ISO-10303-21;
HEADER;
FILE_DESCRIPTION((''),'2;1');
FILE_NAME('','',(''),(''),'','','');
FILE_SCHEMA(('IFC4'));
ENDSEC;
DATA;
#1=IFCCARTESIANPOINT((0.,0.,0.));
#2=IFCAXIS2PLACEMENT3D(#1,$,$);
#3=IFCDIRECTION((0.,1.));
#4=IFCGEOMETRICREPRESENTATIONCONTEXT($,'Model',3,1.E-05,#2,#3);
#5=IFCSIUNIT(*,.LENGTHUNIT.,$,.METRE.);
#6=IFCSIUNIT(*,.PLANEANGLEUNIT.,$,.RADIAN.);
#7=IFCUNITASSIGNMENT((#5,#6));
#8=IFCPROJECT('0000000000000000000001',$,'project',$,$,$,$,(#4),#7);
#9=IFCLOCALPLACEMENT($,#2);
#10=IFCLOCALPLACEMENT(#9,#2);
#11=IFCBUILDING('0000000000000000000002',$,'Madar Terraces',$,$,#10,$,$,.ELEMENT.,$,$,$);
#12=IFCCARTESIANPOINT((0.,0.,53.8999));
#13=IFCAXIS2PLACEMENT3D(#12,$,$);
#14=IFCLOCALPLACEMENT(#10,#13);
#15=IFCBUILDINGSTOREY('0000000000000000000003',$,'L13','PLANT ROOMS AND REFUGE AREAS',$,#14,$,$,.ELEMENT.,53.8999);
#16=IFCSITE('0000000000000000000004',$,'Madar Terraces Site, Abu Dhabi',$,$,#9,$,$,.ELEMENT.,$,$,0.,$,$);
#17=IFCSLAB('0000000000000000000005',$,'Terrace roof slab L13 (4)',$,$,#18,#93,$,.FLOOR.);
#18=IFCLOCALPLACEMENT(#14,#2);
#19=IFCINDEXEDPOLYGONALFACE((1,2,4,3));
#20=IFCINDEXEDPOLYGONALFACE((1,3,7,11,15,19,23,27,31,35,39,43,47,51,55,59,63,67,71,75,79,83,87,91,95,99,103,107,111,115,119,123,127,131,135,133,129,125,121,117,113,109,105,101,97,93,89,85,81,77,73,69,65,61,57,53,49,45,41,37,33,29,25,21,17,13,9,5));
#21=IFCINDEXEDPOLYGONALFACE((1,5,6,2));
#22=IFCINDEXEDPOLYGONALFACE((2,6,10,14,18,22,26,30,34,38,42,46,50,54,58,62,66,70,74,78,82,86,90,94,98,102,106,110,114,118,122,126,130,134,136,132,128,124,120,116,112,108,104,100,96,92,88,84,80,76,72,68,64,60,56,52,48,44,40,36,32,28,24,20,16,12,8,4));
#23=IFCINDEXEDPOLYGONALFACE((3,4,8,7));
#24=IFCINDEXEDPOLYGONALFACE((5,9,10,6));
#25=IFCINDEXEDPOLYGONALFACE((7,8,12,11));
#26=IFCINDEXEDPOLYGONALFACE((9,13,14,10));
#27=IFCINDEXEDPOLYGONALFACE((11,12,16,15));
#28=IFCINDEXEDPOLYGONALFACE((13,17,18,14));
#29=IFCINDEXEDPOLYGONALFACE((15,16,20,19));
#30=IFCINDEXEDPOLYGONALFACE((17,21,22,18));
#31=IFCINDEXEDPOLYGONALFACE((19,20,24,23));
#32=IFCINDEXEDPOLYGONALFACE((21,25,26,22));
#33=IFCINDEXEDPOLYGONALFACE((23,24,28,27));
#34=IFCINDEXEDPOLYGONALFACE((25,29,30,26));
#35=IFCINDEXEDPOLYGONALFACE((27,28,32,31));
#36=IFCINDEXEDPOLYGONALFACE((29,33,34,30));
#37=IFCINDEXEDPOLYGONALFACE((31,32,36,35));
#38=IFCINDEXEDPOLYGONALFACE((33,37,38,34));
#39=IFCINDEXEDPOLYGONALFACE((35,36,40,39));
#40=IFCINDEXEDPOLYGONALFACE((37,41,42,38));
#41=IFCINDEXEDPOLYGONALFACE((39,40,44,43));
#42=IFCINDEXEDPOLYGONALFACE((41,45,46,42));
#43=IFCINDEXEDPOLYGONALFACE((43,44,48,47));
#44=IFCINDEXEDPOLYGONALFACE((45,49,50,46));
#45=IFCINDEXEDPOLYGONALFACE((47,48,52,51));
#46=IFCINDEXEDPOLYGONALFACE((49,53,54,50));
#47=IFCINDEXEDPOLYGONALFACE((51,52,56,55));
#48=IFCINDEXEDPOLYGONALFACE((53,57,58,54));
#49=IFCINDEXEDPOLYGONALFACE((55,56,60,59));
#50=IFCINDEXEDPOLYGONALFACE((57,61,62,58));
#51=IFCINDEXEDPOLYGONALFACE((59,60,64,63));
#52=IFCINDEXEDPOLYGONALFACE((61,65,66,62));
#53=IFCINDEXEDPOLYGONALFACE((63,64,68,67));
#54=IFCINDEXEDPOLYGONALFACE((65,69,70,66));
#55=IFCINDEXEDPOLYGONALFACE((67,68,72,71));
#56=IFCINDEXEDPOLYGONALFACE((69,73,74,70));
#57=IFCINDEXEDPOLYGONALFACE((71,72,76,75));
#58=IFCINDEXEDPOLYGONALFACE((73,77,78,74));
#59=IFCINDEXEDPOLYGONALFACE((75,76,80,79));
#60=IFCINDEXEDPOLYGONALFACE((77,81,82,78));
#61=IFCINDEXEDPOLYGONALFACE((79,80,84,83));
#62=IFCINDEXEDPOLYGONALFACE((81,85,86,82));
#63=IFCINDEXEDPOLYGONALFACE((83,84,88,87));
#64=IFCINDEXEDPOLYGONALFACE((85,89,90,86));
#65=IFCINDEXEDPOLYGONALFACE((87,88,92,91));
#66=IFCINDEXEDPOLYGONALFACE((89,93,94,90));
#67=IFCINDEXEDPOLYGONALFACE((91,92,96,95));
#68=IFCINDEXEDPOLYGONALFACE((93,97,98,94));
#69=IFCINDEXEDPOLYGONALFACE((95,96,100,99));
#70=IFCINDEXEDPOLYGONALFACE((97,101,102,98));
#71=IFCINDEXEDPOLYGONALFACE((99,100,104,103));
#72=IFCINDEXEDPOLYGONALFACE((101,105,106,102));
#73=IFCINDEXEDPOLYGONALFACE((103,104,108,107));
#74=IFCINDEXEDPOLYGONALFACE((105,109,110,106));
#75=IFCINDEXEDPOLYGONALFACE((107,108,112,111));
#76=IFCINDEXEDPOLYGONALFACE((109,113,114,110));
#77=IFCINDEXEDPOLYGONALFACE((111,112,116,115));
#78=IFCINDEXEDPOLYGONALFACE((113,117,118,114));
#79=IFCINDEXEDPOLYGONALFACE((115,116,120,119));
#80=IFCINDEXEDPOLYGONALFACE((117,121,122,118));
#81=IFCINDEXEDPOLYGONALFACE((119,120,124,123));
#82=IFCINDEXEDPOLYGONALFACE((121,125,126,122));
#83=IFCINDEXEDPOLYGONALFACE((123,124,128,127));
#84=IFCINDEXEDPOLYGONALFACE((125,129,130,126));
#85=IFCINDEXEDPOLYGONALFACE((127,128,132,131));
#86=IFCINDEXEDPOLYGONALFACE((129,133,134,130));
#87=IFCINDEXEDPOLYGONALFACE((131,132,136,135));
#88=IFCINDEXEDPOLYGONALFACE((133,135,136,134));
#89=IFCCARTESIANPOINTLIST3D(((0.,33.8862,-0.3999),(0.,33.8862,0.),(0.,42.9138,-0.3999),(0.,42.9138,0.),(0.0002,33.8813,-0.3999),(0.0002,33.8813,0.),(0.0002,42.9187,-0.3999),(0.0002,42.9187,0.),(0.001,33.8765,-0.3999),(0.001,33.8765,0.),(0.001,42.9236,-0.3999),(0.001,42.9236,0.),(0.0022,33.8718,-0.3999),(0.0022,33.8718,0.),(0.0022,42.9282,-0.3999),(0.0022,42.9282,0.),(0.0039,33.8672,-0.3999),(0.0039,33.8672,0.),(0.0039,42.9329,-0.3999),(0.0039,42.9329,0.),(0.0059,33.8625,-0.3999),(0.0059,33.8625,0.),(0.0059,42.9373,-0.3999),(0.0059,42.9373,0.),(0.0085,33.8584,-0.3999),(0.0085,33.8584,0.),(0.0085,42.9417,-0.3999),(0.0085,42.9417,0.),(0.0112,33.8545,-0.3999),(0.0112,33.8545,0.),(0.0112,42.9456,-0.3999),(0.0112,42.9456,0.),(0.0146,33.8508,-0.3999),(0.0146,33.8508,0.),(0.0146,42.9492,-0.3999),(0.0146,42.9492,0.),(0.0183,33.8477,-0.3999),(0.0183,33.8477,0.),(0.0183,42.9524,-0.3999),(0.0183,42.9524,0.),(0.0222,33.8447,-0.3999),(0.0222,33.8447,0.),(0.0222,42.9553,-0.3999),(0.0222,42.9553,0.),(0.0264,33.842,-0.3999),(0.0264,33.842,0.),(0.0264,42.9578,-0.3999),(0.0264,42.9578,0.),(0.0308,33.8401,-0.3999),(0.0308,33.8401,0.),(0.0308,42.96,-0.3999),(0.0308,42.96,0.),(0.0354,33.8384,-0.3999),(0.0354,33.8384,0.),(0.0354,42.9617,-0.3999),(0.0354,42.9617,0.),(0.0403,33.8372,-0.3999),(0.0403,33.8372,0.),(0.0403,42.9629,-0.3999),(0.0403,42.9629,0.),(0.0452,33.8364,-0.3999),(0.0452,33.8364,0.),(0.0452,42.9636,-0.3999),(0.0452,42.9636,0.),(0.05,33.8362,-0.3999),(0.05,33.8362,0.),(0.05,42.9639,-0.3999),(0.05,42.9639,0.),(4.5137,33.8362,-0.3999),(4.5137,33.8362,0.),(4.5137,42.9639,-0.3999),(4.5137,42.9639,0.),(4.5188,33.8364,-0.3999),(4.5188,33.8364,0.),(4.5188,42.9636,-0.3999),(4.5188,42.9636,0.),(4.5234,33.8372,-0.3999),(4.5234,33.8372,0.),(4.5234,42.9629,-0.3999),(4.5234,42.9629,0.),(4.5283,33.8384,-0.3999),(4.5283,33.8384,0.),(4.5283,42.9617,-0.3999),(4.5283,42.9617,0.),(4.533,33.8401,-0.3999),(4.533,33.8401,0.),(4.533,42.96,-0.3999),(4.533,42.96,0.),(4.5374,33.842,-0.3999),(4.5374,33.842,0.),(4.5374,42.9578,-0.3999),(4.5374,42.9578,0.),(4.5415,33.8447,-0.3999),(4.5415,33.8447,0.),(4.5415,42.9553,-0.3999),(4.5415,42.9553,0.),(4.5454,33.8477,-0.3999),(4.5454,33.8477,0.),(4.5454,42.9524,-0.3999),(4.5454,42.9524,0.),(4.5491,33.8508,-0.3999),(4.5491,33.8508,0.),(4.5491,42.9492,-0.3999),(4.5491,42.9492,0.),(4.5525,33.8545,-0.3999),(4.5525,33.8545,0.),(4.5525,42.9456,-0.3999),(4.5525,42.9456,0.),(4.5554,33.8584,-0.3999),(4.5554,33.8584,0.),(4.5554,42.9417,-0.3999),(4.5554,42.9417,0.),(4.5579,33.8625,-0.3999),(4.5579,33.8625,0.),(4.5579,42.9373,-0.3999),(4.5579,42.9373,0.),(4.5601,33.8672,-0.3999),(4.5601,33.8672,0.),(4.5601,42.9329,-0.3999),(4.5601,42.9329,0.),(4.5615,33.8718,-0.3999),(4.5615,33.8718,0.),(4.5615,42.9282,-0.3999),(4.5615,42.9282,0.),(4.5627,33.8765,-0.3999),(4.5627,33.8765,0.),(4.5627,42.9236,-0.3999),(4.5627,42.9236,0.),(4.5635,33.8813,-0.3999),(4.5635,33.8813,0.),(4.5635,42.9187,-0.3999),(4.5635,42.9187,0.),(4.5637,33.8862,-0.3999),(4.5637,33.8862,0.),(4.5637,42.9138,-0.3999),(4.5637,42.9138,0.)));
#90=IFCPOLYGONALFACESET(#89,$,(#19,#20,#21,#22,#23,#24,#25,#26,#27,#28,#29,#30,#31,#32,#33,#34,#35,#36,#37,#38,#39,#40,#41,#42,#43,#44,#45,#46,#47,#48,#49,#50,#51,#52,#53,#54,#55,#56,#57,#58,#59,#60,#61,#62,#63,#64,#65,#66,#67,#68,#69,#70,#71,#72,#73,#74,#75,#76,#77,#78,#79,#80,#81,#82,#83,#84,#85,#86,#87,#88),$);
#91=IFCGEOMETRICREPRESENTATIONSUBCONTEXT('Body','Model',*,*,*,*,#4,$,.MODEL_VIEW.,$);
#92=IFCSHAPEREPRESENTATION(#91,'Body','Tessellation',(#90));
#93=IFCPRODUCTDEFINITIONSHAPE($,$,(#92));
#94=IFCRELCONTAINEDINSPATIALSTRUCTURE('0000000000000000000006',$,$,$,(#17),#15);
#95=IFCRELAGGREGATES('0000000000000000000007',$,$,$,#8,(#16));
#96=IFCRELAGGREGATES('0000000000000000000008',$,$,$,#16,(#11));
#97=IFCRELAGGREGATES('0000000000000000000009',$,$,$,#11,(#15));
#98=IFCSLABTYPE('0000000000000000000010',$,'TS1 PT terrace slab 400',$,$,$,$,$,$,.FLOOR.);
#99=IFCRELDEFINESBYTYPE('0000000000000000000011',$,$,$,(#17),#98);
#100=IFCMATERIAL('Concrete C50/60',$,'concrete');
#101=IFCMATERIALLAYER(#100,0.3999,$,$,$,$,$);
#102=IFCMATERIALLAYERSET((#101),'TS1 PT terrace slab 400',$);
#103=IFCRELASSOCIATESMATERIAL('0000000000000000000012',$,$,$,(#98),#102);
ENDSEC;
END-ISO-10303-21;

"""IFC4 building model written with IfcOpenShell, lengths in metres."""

from ifc_helpers import new_model, si_unit, direction, frame, origin, place, context, subcontext, project, spatial, polyline, outline, extrude, material, layer, layer_set, type_object, element, save


model = new_model("IFC4")

# Units and contexts
model_context = context("Model", 3, precision=1e-05, world=origin(), true_north=direction((0.0, 1.0)))
body_context = subcontext(model_context, "Body", "Model", "MODEL_VIEW")
ifc_project = project(units=[si_unit("LENGTHUNIT", "METRE"), si_unit("PLANEANGLEUNIT", "RADIAN")], contexts=[model_context])

# Site, building, storey
site_placement = place(None, origin())
site = spatial("IfcSite", under=ifc_project, at=site_placement, Name="Madar Terraces Site, Abu Dhabi", CompositionType="ELEMENT", RefElevation=0.0)
building_placement = place(site_placement, origin())
building = spatial("IfcBuilding", under=site, at=building_placement, Name="Madar Terraces", CompositionType="ELEMENT")
storey_placement = place(building_placement, frame((0.0, 0.0, 53.8999)))
storey = spatial("IfcBuildingStorey", under=building, at=storey_placement, Name="L13", Description="PLANT ROOMS AND REFUGE AREAS", CompositionType="ELEMENT", Elevation=53.8999)

# Slab
ifc_material_1 = material(Name="Concrete C50/60", Category="concrete")
ifc_layer_1 = layer(ifc_material_1, 0.3999)
ifc_layer_set_1 = layer_set([ifc_layer_1], Name="TS1 PT terrace slab 400")
slab_type_1 = type_object("IfcSlabType", Name="TS1 PT terrace slab 400", PredefinedType="FLOOR", material=ifc_layer_set_1)
slab_1_placement = place(storey_placement, frame((0.0, 0.0, -0.3999)))
element("IfcSlab", 1, at=slab_1_placement, inside=storey, type_object=slab_type_1, Name="Terrace roof slab L13 (4)", PredefinedType="FLOOR", context=body_context, shape_type="SweptSolid", body=[
    extrude(outline(polyline([(0.001, 42.9236), (0.0002, 42.9187), (0.0, 42.9138), (0.0, 33.8862), (0.0002, 33.8813), (0.001, 33.8765), (0.0022, 33.8718), (0.0039, 33.8672), (0.0059, 33.8625), (0.0085, 33.8584), (0.0112, 33.8545), (0.0146, 33.8508), (0.0183, 33.8477), (0.0222, 33.8447), (0.0264, 33.842), (0.0308, 33.8401), (0.0354, 33.8384), (0.0403, 33.8372), (0.0452, 33.8364), (0.05, 33.8362), (4.5137, 33.8362), (4.5188, 33.8364), (4.5234, 33.8372), (4.5283, 33.8384), (4.533, 33.8401), (4.5374, 33.842), (4.5415, 33.8447), (4.5454, 33.8477), (4.5491, 33.8508), (4.5525, 33.8545), (4.5554, 33.8584), (4.5579, 33.8625), (4.5601, 33.8672), (4.5615, 33.8718), (4.5627, 33.8765), (4.5635, 33.8813), (4.5637, 33.8862), (4.5637, 42.9138), (4.5635, 42.9187), (4.5627, 42.9236), (4.5615, 42.9282), (4.5601, 42.9329), (4.5579, 42.9373), (4.5554, 42.9417), (4.5525, 42.9456), (4.5491, 42.9492), (4.5454, 42.9524), (4.5415, 42.9553), (4.5374, 42.9578), (4.533, 42.96), (4.5283, 42.9617), (4.5234, 42.9629), (4.5188, 42.9636), (4.5137, 42.9639), (0.05, 42.9639), (0.0452, 42.9636), (0.0403, 42.9629), (0.0354, 42.9617), (0.0308, 42.96), (0.0264, 42.9578), (0.0222, 42.9553), (0.0183, 42.9524), (0.0146, 42.9492), (0.0112, 42.9456), (0.0085, 42.9417), (0.0059, 42.9373), (0.0039, 42.9329), (0.0022, 42.9282), (0.001, 42.9236)])), origin(), (0.0, 0.0, 1.0), 0.3999),
])

save(model, "model.ifc")
